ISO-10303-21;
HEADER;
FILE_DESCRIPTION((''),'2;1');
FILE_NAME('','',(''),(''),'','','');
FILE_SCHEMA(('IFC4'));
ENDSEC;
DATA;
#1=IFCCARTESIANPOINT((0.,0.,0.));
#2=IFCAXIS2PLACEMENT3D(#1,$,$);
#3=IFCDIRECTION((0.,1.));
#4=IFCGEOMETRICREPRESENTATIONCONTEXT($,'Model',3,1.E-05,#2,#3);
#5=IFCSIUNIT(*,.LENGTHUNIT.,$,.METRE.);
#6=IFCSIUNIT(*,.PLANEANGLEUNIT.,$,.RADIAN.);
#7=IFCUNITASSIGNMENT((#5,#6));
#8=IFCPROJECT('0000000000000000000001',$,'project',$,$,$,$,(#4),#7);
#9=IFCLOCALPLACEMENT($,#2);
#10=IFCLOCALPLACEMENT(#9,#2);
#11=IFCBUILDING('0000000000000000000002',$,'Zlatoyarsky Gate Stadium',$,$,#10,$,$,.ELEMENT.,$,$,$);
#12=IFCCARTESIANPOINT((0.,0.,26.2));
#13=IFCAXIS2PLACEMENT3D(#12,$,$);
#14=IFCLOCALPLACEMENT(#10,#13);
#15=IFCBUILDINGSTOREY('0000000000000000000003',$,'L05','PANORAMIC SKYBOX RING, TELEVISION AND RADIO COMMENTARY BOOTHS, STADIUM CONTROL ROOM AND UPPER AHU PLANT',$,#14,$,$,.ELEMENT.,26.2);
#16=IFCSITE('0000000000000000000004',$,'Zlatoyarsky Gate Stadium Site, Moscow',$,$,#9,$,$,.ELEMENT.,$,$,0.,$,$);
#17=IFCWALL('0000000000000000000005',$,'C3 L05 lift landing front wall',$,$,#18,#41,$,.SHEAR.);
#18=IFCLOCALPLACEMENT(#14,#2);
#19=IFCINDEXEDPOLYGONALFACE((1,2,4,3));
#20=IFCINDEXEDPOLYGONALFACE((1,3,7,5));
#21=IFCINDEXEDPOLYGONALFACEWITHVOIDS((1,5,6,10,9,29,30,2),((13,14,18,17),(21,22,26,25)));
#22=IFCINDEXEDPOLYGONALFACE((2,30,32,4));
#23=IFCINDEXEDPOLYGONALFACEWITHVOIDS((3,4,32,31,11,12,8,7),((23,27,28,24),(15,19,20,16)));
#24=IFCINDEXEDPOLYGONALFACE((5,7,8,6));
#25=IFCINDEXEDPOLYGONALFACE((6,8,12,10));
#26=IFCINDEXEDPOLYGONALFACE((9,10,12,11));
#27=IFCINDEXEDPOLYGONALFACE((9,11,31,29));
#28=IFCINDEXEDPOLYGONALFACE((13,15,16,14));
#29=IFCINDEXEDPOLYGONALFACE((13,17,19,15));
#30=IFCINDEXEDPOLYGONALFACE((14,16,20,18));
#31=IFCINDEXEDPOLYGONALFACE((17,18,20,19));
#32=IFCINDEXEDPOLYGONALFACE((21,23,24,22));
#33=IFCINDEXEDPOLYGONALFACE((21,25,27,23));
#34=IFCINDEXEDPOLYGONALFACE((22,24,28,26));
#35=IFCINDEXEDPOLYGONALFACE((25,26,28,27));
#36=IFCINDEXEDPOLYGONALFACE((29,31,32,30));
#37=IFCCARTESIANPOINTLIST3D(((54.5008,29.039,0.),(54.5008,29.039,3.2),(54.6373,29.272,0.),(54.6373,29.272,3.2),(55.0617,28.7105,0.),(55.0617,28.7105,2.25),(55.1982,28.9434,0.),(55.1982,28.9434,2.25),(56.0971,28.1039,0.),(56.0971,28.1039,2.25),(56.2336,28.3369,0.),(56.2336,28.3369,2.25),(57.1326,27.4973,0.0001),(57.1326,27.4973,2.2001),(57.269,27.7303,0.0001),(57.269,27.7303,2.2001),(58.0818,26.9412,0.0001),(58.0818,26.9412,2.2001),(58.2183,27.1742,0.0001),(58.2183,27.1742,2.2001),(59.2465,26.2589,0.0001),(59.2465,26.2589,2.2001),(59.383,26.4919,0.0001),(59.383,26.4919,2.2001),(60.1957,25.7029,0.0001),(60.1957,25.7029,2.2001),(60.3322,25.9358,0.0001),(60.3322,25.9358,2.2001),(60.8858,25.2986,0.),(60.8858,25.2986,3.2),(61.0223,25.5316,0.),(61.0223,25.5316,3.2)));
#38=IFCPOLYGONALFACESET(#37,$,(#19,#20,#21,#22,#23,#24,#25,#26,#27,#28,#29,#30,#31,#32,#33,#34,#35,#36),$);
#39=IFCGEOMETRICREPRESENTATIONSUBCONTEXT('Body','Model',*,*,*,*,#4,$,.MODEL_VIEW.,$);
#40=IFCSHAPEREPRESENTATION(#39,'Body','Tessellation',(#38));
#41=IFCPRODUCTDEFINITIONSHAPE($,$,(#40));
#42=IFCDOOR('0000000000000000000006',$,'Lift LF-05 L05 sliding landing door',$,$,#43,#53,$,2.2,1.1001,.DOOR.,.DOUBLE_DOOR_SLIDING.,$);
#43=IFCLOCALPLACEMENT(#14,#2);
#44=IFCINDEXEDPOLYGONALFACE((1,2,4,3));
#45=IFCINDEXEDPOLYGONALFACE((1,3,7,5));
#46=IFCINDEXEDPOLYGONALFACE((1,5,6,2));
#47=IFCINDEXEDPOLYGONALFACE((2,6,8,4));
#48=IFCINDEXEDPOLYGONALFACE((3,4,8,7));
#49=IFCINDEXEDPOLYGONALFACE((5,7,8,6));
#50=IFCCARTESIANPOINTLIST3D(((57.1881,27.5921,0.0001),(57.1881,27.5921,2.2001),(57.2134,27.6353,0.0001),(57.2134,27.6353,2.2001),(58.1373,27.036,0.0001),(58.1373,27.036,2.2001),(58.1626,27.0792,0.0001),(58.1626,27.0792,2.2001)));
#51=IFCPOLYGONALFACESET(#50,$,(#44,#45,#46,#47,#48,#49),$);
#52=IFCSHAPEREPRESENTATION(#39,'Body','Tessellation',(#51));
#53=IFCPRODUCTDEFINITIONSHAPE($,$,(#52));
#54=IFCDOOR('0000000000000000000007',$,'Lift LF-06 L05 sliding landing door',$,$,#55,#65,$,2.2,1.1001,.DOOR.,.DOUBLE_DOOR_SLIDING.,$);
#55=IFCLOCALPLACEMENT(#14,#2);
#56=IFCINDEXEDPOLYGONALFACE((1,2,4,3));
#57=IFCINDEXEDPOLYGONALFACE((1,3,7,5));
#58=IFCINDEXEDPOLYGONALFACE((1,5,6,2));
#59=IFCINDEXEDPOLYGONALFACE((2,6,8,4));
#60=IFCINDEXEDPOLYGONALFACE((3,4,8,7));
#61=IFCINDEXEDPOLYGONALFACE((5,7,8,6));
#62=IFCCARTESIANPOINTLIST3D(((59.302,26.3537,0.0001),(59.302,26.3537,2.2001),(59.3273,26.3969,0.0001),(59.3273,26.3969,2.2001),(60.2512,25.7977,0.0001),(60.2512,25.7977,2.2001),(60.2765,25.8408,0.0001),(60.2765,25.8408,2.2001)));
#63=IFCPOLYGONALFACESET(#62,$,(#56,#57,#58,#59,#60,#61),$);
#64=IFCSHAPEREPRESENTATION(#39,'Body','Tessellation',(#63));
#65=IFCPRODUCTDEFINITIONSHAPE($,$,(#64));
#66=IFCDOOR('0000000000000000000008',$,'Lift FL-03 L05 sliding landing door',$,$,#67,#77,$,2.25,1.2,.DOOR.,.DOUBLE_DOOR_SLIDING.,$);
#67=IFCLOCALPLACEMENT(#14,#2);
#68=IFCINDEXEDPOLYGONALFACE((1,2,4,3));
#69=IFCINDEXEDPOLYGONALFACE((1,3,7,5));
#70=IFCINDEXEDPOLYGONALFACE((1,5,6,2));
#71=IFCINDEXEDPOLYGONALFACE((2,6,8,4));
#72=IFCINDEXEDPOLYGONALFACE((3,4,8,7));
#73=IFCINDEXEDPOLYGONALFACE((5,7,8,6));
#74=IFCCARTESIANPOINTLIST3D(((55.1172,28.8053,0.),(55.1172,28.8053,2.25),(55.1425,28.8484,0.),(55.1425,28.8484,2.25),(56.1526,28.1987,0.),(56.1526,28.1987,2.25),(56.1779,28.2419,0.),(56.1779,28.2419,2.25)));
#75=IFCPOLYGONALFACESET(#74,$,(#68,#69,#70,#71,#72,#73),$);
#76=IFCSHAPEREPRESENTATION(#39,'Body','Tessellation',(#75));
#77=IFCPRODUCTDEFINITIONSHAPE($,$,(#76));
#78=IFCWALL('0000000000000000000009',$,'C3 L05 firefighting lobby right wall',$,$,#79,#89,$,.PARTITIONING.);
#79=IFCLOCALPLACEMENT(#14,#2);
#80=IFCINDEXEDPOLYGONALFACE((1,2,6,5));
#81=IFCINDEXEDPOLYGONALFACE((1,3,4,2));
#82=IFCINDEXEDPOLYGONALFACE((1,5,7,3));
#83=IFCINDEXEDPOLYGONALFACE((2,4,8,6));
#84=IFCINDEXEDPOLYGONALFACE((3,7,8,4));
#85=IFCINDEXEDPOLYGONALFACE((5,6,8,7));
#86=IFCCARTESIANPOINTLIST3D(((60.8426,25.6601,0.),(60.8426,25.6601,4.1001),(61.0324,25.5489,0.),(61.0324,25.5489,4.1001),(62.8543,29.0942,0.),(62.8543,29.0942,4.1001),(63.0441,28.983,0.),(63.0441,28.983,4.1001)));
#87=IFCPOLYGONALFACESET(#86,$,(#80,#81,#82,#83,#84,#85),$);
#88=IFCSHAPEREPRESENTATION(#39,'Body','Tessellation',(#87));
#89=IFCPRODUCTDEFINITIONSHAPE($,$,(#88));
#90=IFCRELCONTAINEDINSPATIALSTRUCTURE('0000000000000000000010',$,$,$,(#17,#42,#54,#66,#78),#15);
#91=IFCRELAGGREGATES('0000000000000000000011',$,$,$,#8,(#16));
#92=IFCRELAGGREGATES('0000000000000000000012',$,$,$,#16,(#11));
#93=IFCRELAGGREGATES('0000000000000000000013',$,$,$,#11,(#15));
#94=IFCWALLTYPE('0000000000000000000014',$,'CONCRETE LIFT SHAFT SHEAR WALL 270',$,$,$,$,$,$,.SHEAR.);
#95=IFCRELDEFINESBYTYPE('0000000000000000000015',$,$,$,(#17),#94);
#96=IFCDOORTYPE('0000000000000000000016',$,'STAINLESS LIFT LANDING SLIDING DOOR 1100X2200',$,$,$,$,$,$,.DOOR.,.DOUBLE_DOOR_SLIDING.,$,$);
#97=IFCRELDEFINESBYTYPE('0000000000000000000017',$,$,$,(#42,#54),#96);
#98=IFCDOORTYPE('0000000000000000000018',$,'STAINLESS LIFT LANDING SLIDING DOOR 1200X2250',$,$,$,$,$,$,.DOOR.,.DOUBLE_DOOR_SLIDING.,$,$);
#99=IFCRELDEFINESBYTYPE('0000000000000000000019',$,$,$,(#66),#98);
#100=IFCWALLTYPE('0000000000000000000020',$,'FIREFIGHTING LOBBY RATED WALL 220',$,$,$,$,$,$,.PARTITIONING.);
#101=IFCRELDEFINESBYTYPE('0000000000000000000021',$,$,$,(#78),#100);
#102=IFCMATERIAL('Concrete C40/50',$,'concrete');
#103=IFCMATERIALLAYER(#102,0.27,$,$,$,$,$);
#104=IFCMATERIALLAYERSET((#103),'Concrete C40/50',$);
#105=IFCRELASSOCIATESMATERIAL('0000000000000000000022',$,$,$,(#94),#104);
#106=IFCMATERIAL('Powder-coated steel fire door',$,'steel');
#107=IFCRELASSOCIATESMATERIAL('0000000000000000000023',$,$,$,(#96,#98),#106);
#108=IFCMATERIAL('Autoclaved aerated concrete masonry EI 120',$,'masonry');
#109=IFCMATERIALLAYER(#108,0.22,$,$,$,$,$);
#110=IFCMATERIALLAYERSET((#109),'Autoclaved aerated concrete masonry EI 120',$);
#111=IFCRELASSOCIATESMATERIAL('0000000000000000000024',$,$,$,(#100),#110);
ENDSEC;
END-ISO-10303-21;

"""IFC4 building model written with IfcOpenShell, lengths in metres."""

from ifc_helpers import new_model, si_unit, direction, frame, frame_2d, origin, place, context, subcontext, project, spatial, rectangle, extrude, material, layer, layer_set, type_object, element, fill, save


model = new_model("IFC4")

# Units and contexts
model_context = context("Model", 3, precision=1e-05, world=origin(), true_north=direction((0.0, 1.0)))
body_context = subcontext(model_context, "Body", "Model", "MODEL_VIEW")
ifc_project = project(units=[si_unit("LENGTHUNIT", "METRE"), si_unit("PLANEANGLEUNIT", "RADIAN")], contexts=[model_context])

# Site, building, storey
site_placement = place(None, origin())
site = spatial("IfcSite", under=ifc_project, at=site_placement, Name="Zlatoyarsky Gate Stadium Site, Moscow", CompositionType="ELEMENT", RefElevation=0.0)
building_placement = place(site_placement, origin())
building = spatial("IfcBuilding", under=site, at=building_placement, Name="Zlatoyarsky Gate Stadium", CompositionType="ELEMENT")
storey_placement = place(building_placement, frame((0.0, 0.0, 26.2)))
storey = spatial("IfcBuildingStorey", under=building, at=storey_placement, Name="L05", Description="PANORAMIC SKYBOX RING, TELEVISION AND RADIO COMMENTARY BOOTHS, STADIUM CONTROL ROOM AND UPPER AHU PLANT", CompositionType="ELEMENT", Elevation=26.2)

# Shared definitions
ifc_material_1 = material(Name="Powder-coated steel fire door", Category="steel")

# Shared definitions
ifc_material_2 = material(Name="Concrete C40/50", Category="concrete")
ifc_layer_1 = layer(ifc_material_2, 0.27)
ifc_layer_set_1 = layer_set([ifc_layer_1], Name="Concrete C40/50")
wall_type_1 = type_object("IfcWallType", Name="CONCRETE LIFT SHAFT SHEAR WALL 270", PredefinedType="SHEAR", material=ifc_layer_set_1)

# Wall, openings, doors
wall_1_placement = place(storey_placement, frame((54.5691, 29.1555, 0.0), z_axis=(0.0, 0.0, 1.0), x_axis=(0.862843, -0.505472, 0.0)))
wall_1 = element("IfcWall", 1, at=wall_1_placement, inside=storey, type_object=wall_type_1, Name="C3 L05 lift landing front wall", PredefinedType="SHEAR", context=body_context, shape_type="SweptSolid", body=[
    extrude(rectangle(XDim=7.3999, YDim=0.27, at=frame_2d((3.7, 0.0))), origin(), (0.0, 0.0, 1.0), 3.2),
])
opening_1_placement = place(wall_1_placement, frame((0.6499, 0.0, 0.0)))
opening_1 = element("IfcOpeningElement", 2, at=opening_1_placement, cuts=wall_1, PredefinedType="OPENING", context=body_context, shape_type="SweptSolid", body=[
    extrude(rectangle(XDim=1.2, YDim=2.25, at=frame_2d((0.6001, 1.125))), frame((0.0, 0.145, 0.0), z_axis=(0.0, -1.0, 0.0), x_axis=(1.0, 0.0, 0.0)), (0.0, 0.0, 1.0), 0.29),
])
opening_2_placement = place(wall_1_placement, frame((3.05, 0.0, 0.0)))
opening_2 = element("IfcOpeningElement", 3, at=opening_2_placement, cuts=wall_1, PredefinedType="OPENING", context=body_context, shape_type="SweptSolid", body=[
    extrude(rectangle(XDim=1.1001, YDim=2.2, at=frame_2d((0.55, 1.1001))), frame((0.0, 0.145, 0.0), z_axis=(0.0, -1.0, 0.0), x_axis=(1.0, 0.0, 0.0)), (0.0, 0.0, 1.0), 0.29),
])
opening_3_placement = place(wall_1_placement, frame((5.5, 0.0, 0.0)))
opening_3 = element("IfcOpeningElement", 4, at=opening_3_placement, cuts=wall_1, PredefinedType="OPENING", context=body_context, shape_type="SweptSolid", body=[
    extrude(rectangle(XDim=1.1001, YDim=2.2, at=frame_2d((0.55, 1.1001))), frame((0.0, 0.145, 0.0), z_axis=(0.0, -1.0, 0.0), x_axis=(1.0, 0.0, 0.0)), (0.0, 0.0, 1.0), 0.29),
])
door_type_1 = type_object("IfcDoorType", Name="STAINLESS LIFT LANDING SLIDING DOOR 1100X2200", OperationType="DOUBLE_DOOR_SLIDING", PredefinedType="DOOR", material=ifc_material_1)
door_1_placement = place(opening_2_placement, origin())
door_1 = element("IfcDoor", 5, at=door_1_placement, inside=storey, type_object=door_type_1, Name="Lift LF-05 L05 sliding landing door", OperationType="DOUBLE_DOOR_SLIDING", OverallHeight=2.2, OverallWidth=1.1001, PredefinedType="DOOR", context=body_context, shape_type="SweptSolid", body=[
    extrude(rectangle(XDim=1.1001, YDim=2.2, at=frame_2d((0.55, 1.1001))), frame((0.0, 0.0249, 0.0), z_axis=(0.0, -1.0, 0.0), x_axis=(1.0, 0.0, 0.0)), (0.0, 0.0, 1.0), 0.05),
])
fill(opening_2, door_1)
door_2_placement = place(opening_3_placement, origin())
door_2 = element("IfcDoor", 6, at=door_2_placement, inside=storey, type_object=door_type_1, Name="Lift LF-06 L05 sliding landing door", OperationType="DOUBLE_DOOR_SLIDING", OverallHeight=2.2, OverallWidth=1.1001, PredefinedType="DOOR", context=body_context, shape_type="SweptSolid", body=[
    extrude(rectangle(XDim=1.1001, YDim=2.2, at=frame_2d((0.55, 1.1001))), frame((0.0, 0.0249, 0.0), z_axis=(0.0, -1.0, 0.0), x_axis=(1.0, 0.0, 0.0)), (0.0, 0.0, 1.0), 0.05),
])
fill(opening_3, door_2)
door_type_2 = type_object("IfcDoorType", Name="STAINLESS LIFT LANDING SLIDING DOOR 1200X2250", OperationType="DOUBLE_DOOR_SLIDING", PredefinedType="DOOR", material=ifc_material_1)
door_3_placement = place(opening_1_placement, origin())
door_3 = element("IfcDoor", 7, at=door_3_placement, inside=storey, type_object=door_type_2, Name="Lift FL-03 L05 sliding landing door", OperationType="DOUBLE_DOOR_SLIDING", OverallHeight=2.25, OverallWidth=1.2, PredefinedType="DOOR", context=body_context, shape_type="SweptSolid", body=[
    extrude(rectangle(XDim=1.2, YDim=2.25, at=frame_2d((0.6001, 1.125))), frame((0.0, 0.0249, 0.0), z_axis=(0.0, -1.0, 0.0), x_axis=(1.0, 0.0, 0.0)), (0.0, 0.0, 1.0), 0.05),
])
fill(opening_1, door_3)

# Wall
ifc_material_3 = material(Name="Autoclaved aerated concrete masonry EI 120", Category="masonry")
ifc_layer_2 = layer(ifc_material_3, 0.22)
ifc_layer_set_2 = layer_set([ifc_layer_2], Name="Autoclaved aerated concrete masonry EI 120")
wall_type_2 = type_object("IfcWallType", Name="FIREFIGHTING LOBBY RATED WALL 220", PredefinedType="PARTITIONING", material=ifc_layer_set_2)
wall_2_placement = place(storey_placement, frame((60.9375, 25.6045, 0.0), z_axis=(0.0, 0.0, 1.0), x_axis=(0.505464, 0.862847, 0.0)))
element("IfcWall", 8, at=wall_2_placement, inside=storey, type_object=wall_type_2, Name="C3 L05 firefighting lobby right wall", PredefinedType="PARTITIONING", context=body_context, shape_type="SweptSolid", body=[
    extrude(rectangle(XDim=3.98, YDim=0.22, at=frame_2d((1.99, 0.0))), origin(), (0.0, 0.0, 1.0), 4.1001),
])

save(model, "model.ifc")
